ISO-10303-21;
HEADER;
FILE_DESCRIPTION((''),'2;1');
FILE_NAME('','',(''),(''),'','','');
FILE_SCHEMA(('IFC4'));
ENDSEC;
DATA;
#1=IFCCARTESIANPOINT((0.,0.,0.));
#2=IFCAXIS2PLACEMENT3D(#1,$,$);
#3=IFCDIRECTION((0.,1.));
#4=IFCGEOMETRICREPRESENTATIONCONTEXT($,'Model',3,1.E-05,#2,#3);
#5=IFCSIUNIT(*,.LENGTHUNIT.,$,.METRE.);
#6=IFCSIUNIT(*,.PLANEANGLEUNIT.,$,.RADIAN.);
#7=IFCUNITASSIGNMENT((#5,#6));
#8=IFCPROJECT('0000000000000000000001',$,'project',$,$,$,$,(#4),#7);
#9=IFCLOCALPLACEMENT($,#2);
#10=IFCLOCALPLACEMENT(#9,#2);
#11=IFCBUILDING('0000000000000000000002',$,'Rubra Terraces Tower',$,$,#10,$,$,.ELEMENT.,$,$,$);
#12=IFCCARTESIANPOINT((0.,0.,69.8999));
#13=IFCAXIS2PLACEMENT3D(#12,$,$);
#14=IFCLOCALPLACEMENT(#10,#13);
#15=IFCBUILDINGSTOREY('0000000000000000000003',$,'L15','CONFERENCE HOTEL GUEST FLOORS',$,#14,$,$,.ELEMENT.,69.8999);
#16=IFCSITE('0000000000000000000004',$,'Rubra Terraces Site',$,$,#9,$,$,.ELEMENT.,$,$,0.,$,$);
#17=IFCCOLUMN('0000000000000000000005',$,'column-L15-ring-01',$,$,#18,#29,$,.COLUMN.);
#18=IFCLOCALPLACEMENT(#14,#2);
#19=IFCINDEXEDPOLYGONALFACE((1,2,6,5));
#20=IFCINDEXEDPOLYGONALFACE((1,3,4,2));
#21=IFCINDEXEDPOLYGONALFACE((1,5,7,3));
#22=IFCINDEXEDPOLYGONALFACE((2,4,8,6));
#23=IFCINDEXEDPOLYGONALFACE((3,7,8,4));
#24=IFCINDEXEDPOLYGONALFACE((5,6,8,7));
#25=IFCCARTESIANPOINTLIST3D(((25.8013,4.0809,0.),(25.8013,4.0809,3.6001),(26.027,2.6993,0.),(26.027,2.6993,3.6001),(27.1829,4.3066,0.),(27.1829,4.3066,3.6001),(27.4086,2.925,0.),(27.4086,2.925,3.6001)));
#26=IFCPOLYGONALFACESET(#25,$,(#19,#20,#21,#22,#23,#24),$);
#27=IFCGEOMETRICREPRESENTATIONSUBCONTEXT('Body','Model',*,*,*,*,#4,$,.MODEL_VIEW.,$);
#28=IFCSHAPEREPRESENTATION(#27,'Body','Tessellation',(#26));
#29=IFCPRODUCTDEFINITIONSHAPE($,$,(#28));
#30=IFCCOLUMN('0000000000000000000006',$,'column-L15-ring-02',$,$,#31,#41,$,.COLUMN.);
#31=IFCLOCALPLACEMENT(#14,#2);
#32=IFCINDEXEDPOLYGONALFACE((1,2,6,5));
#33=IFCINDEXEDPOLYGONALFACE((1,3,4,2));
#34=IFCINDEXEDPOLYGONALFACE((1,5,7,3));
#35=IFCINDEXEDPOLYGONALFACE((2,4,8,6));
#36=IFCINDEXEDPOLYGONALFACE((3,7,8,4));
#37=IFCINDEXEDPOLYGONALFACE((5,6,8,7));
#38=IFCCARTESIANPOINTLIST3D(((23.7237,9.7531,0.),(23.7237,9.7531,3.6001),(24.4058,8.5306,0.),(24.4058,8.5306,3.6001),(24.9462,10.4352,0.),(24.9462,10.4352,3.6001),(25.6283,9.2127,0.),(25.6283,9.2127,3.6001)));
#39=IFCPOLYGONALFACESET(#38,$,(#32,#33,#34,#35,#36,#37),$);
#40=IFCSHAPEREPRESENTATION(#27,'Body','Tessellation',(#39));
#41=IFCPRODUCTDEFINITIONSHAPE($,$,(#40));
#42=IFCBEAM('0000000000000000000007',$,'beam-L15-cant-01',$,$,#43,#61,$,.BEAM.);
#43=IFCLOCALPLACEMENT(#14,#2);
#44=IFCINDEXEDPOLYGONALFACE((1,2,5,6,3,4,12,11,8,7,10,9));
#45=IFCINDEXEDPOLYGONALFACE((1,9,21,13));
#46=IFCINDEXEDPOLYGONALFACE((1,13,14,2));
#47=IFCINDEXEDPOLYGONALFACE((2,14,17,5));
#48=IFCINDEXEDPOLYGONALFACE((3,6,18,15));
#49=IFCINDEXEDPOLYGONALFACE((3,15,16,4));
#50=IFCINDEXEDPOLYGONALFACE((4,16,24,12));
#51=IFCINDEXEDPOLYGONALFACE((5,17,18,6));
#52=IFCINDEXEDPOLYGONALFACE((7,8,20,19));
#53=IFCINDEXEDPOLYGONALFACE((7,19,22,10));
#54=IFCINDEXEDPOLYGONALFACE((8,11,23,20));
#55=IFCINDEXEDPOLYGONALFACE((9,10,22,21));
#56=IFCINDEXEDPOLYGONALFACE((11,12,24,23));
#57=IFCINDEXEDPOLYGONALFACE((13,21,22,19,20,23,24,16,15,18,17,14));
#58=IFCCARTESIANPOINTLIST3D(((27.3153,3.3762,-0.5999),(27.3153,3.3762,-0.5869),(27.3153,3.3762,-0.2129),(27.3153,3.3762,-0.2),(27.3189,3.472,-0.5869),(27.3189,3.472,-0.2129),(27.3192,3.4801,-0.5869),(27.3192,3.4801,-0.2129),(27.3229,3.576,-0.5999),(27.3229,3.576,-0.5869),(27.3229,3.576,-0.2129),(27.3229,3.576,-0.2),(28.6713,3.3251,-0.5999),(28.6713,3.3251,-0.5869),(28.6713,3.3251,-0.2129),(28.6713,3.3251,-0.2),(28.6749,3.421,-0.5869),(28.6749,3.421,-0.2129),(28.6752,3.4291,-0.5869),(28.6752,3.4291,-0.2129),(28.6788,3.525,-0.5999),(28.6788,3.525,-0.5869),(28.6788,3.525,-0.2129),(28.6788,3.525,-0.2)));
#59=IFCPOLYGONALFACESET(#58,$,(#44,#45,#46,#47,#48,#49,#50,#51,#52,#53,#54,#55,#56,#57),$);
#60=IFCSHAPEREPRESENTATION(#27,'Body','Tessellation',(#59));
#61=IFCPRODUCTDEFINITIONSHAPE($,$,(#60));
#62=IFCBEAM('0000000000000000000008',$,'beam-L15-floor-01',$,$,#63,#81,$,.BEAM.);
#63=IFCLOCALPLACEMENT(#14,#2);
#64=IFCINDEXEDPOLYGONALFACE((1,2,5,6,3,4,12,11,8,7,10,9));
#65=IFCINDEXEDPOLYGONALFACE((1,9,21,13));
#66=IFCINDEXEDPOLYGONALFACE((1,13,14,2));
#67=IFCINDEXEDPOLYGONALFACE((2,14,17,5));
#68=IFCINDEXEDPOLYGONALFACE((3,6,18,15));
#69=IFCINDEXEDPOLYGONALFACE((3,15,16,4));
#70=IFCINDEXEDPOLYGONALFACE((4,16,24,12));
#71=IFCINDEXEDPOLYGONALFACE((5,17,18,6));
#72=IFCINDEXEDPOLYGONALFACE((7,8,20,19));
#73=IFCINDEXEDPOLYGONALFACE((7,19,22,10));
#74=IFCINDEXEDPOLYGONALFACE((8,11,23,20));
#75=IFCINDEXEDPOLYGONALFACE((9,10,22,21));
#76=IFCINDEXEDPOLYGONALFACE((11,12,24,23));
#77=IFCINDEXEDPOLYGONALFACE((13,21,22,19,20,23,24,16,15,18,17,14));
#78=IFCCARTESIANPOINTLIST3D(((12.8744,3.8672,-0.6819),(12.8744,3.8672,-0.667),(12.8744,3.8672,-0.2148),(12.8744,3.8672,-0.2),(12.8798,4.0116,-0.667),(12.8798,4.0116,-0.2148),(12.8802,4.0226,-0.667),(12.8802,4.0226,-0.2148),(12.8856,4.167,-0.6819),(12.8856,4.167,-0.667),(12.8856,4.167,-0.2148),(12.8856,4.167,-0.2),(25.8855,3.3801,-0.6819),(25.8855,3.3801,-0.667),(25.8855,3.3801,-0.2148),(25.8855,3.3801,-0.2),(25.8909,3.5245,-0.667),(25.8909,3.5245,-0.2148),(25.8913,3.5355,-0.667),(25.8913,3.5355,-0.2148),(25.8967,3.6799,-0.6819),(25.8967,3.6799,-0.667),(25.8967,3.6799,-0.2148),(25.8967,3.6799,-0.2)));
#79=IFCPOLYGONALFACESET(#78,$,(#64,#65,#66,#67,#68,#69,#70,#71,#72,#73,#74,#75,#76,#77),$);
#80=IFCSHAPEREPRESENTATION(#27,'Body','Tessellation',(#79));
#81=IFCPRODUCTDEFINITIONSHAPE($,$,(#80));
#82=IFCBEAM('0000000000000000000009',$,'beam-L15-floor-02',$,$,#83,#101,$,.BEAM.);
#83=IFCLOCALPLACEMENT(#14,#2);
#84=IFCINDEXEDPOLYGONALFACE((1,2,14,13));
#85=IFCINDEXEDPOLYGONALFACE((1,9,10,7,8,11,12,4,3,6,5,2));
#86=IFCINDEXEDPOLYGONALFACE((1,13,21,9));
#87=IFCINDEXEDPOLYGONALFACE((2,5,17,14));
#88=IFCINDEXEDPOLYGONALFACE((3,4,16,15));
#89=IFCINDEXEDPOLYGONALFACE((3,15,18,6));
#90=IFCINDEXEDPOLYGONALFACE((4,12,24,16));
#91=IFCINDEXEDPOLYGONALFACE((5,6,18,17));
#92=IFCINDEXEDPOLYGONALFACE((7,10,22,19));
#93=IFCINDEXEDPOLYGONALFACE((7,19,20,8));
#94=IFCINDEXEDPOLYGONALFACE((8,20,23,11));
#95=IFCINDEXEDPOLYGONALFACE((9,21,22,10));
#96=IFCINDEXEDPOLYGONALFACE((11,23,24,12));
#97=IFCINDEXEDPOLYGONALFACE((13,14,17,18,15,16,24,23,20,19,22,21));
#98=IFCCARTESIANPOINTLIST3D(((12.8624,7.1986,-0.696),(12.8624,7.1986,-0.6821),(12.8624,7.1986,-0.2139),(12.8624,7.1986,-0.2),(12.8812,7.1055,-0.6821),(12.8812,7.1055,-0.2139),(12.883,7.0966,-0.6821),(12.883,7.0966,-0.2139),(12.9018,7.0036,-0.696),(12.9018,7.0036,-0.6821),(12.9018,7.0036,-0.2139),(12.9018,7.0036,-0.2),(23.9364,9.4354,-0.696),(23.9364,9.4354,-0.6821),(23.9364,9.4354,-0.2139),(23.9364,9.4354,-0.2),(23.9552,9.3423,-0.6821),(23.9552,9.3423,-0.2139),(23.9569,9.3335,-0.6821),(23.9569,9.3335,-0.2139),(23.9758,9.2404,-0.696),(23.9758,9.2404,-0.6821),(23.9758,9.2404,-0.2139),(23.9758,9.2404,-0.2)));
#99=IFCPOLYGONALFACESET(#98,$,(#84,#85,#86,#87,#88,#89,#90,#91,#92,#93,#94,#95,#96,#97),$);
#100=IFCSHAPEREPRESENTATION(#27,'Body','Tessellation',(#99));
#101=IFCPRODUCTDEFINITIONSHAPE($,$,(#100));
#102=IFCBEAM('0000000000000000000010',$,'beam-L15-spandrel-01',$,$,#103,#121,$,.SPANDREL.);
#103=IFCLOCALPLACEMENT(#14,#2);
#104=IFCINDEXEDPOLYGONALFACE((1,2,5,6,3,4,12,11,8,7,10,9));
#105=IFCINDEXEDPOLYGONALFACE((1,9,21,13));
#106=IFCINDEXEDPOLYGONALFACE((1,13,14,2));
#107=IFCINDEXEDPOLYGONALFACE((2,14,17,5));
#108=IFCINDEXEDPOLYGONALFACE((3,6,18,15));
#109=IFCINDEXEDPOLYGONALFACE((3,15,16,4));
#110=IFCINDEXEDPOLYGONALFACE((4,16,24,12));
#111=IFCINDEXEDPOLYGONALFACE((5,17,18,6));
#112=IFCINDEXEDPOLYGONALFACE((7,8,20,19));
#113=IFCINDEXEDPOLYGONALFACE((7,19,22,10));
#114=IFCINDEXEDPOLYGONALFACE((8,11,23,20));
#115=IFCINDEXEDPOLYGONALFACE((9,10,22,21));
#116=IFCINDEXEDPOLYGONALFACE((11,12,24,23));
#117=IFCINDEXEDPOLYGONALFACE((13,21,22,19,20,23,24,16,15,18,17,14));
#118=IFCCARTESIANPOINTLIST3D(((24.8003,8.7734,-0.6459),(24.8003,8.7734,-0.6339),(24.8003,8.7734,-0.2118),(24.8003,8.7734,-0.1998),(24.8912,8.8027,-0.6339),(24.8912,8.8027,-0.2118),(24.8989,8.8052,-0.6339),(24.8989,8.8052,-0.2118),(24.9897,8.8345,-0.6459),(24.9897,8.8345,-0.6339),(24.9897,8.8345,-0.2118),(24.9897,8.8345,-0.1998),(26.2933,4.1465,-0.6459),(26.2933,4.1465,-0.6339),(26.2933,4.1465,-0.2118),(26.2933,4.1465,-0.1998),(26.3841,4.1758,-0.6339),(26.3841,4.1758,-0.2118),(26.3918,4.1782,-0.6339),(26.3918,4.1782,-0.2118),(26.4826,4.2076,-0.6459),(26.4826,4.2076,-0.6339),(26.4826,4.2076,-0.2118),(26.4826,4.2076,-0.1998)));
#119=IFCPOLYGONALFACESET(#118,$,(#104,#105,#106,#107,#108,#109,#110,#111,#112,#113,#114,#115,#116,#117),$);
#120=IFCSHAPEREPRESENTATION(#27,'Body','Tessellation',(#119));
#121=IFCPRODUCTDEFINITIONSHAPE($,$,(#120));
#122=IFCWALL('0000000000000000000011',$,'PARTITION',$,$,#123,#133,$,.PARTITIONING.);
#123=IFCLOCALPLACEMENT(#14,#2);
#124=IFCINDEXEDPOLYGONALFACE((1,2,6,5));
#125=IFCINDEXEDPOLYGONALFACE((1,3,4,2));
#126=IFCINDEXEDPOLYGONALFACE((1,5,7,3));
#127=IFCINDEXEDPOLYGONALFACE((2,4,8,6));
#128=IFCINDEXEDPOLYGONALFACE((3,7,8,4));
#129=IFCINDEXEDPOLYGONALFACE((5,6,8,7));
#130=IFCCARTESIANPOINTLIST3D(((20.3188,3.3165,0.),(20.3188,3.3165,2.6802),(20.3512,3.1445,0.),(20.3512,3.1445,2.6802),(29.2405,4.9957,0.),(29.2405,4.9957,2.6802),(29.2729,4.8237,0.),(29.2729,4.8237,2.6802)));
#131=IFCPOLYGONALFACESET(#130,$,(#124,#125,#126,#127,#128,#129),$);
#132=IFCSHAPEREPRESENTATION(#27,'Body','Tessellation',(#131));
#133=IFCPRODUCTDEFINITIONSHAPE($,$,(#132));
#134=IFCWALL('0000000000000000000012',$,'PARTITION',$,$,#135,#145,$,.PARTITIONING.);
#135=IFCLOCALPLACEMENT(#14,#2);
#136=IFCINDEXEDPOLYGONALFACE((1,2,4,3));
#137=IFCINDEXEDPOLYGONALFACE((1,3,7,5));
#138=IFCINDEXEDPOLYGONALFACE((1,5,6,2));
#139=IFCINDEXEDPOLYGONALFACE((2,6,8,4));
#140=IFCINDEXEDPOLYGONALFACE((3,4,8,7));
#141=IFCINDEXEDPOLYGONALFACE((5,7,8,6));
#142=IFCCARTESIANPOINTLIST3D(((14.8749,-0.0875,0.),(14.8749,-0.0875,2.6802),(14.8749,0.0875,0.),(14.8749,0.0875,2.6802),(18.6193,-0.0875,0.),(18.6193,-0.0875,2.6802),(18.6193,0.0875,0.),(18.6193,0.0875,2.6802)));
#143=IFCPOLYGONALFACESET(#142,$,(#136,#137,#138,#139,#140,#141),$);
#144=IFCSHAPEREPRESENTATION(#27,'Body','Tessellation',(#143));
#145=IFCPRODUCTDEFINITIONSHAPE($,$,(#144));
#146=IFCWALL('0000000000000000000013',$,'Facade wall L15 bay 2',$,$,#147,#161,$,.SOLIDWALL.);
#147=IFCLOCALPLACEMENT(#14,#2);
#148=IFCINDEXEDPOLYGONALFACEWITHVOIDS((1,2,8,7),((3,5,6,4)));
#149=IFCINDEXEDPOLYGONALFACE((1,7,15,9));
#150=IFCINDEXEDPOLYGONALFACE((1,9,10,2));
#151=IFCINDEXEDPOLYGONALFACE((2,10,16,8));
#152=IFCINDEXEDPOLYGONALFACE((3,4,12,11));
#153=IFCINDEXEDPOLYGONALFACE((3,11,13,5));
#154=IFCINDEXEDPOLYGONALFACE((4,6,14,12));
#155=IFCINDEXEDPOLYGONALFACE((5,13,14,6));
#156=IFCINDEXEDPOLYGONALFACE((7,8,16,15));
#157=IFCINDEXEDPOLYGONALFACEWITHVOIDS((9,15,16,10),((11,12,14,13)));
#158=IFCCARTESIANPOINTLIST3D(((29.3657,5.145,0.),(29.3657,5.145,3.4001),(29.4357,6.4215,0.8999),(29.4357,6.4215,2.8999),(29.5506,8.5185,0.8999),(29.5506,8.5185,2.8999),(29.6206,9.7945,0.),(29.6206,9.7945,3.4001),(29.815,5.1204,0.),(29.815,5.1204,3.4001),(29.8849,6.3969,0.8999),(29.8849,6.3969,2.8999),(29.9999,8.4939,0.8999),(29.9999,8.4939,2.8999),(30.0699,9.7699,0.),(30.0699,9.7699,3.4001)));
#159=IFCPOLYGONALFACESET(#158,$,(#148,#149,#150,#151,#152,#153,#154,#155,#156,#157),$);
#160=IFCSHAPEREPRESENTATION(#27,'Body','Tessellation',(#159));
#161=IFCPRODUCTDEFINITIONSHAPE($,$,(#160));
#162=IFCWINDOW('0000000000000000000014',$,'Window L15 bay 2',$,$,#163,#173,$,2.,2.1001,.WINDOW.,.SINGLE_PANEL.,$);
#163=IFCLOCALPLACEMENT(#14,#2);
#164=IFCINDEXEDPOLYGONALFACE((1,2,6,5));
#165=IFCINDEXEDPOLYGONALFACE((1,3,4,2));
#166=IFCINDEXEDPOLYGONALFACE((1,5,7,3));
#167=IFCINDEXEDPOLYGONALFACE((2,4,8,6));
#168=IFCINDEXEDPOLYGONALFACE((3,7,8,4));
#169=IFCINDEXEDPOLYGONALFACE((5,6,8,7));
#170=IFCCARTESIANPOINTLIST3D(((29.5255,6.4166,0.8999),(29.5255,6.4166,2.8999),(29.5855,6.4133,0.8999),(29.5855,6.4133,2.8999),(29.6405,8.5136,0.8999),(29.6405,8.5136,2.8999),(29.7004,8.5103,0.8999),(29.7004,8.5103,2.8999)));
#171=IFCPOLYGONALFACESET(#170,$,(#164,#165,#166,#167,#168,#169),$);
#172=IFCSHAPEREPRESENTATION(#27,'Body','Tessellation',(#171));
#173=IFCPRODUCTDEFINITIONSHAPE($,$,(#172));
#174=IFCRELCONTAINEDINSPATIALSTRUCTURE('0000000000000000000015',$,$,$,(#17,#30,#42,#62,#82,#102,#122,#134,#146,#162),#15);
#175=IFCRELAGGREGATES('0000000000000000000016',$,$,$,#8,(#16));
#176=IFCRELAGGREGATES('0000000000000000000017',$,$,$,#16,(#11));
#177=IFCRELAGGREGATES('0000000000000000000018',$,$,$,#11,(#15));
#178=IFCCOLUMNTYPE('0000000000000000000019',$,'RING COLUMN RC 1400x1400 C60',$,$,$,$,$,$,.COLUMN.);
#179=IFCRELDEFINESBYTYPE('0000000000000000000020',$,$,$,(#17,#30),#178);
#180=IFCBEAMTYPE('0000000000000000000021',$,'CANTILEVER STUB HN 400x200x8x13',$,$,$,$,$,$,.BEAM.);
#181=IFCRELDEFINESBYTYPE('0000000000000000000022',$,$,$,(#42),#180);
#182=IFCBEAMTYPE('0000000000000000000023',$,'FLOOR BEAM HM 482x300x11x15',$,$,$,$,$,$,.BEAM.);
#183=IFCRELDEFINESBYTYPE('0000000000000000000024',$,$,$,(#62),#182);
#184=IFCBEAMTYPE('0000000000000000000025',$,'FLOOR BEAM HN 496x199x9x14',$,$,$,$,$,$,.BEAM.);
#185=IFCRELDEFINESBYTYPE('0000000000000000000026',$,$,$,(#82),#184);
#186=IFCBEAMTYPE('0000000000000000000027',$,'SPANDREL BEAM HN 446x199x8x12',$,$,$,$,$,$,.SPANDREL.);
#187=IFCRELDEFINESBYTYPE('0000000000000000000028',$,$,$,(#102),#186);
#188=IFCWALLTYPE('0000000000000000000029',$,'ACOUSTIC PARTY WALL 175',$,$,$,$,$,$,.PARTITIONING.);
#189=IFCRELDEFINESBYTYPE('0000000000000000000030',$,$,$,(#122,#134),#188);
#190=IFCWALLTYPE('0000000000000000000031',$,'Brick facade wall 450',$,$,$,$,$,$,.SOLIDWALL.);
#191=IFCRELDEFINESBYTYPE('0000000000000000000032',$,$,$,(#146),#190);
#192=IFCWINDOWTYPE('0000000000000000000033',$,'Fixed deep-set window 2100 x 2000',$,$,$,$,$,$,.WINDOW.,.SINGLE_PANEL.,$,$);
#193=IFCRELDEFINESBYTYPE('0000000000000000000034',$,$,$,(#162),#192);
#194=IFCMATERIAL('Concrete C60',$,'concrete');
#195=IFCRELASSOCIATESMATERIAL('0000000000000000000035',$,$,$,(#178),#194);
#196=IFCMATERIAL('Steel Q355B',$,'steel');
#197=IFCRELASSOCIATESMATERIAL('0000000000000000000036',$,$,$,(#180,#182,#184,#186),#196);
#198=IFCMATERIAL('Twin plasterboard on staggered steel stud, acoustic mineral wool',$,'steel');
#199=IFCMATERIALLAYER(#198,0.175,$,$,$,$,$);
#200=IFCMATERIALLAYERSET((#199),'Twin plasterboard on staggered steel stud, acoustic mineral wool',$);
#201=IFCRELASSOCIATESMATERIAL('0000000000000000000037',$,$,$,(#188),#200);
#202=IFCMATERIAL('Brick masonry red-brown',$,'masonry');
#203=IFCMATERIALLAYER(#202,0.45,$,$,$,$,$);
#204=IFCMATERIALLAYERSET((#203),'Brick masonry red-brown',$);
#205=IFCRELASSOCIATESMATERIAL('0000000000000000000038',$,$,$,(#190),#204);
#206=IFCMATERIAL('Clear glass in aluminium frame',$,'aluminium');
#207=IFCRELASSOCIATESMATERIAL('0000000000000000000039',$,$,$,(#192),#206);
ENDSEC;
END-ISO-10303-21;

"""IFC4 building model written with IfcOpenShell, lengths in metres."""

from ifc_helpers import new_model, si_unit, direction, frame, frame_2d, origin, origin_2d, place, context, subcontext, project, spatial, rectangle, i_section, extrude, material, layer, layer_set, material_profile, profile_set, type_object, element, fill, save


model = new_model("IFC4")

# Units and contexts
model_context = context("Model", 3, precision=1e-05, world=origin(), true_north=direction((0.0, 1.0)))
body_context = subcontext(model_context, "Body", "Model", "MODEL_VIEW")
ifc_project = project(units=[si_unit("LENGTHUNIT", "METRE"), si_unit("PLANEANGLEUNIT", "RADIAN")], contexts=[model_context])

# Site, building, storey
site_placement = place(None, origin())
site = spatial("IfcSite", under=ifc_project, at=site_placement, Name="Rubra Terraces Site", CompositionType="ELEMENT", RefElevation=0.0)
building_placement = place(site_placement, origin())
building = spatial("IfcBuilding", under=site, at=building_placement, Name="Rubra Terraces Tower", CompositionType="ELEMENT")
storey_placement = place(building_placement, frame((0.0, 0.0, 69.8999)))
storey = spatial("IfcBuildingStorey", under=building, at=storey_placement, Name="L15", Description="CONFERENCE HOTEL GUEST FLOORS", CompositionType="ELEMENT", Elevation=69.8999)

# Columns
ifc_material_1 = material(Name="Concrete C60", Category="concrete")
ifc_material_profile_1 = material_profile(ifc_material_1, rectangle(XDim=1.3999, YDim=1.3999, at=origin_2d()), Name="RC 1400x1400")
ifc_profile_set_1 = profile_set([ifc_material_profile_1], Name="Concrete C60")
column_type = type_object("IfcColumnType", Name="RING COLUMN RC 1400x1400 C60", PredefinedType="COLUMN", material=ifc_profile_set_1)
for number, where, z_axis, x_axis, name in (
    (1, (26.605, 3.5029, 0.0), (0.0, 0.0, 1.0), (-0.161234, 0.986916, 0.0), "column-L15-ring-01"),
    (2, (24.676, 9.4829, 0.0), (0.0, 0.0, 1.0), (-0.487227, 0.873276, 0.0), "column-L15-ring-02"),
):
    element("IfcColumn", number, at=place(storey_placement, frame(where, z_axis=z_axis, x_axis=x_axis)), inside=storey, type_object=column_type, Name=name, PredefinedType="COLUMN", context=body_context, shape_type="SweptSolid", body=[
        extrude(rectangle(XDim=1.3999, YDim=1.3999, at=origin_2d()), origin(), (0.0, 0.0, 1.0), 3.6001),
    ])

# Beams
ifc_material_2 = material(Name="Steel Q355B", Category="steel")
ifc_material_profile_2 = material_profile(ifc_material_2, i_section(OverallWidth=0.2, OverallDepth=0.3999, WebThickness=0.0081, FlangeThickness=0.0129, at=origin_2d()), Name="HN 400x200x8x13")
ifc_profile_set_2 = profile_set([ifc_material_profile_2], Name="Steel Q355B")
beam_type_1 = type_object("IfcBeamType", Name="CANTILEVER STUB HN 400x200x8x13", PredefinedType="BEAM", material=ifc_profile_set_2)
beam_1_placement = place(storey_placement, frame((27.3191, 3.4761, -0.3999), z_axis=(0.999293, -0.037604, 0.0), x_axis=(0.037604, 0.999293, 0.0)))
element("IfcBeam", 3, at=beam_1_placement, inside=storey, type_object=beam_type_1, Name="beam-L15-cant-01", PredefinedType="BEAM", context=body_context, shape_type="SweptSolid", body=[
    extrude(i_section(OverallWidth=0.2, OverallDepth=0.3999, WebThickness=0.0081, FlangeThickness=0.0129, at=origin_2d()), origin(), (0.0, 0.0, 1.0), 1.3569),
])
ifc_material_profile_3 = material_profile(ifc_material_2, i_section(OverallWidth=0.3, OverallDepth=0.4819, WebThickness=0.011, FlangeThickness=0.0149, at=origin_2d()), Name="HM 482x300x11x15")
ifc_profile_set_3 = profile_set([ifc_material_profile_3], Name="Steel Q355B")
beam_type_2 = type_object("IfcBeamType", Name="FLOOR BEAM HM 482x300x11x15", PredefinedType="BEAM", material=ifc_profile_set_3)
beam_2_placement = place(storey_placement, frame((25.8911, 3.53, -0.4409), z_axis=(-0.9993, 0.037408, 0.0), x_axis=(-0.037408, -0.9993, 0.0)))
element("IfcBeam", 4, at=beam_2_placement, inside=storey, type_object=beam_type_2, Name="beam-L15-floor-01", PredefinedType="BEAM", context=body_context, shape_type="SweptSolid", body=[
    extrude(i_section(OverallWidth=0.3, OverallDepth=0.4819, WebThickness=0.011, FlangeThickness=0.0149, at=origin_2d()), origin(), (0.0, 0.0, 1.0), 13.0203),
])
ifc_material_profile_4 = material_profile(ifc_material_2, i_section(OverallWidth=0.199, OverallDepth=0.4961, WebThickness=0.009, FlangeThickness=0.0139, at=origin_2d()), Name="HN 496x199x9x14")
ifc_profile_set_4 = profile_set([ifc_material_profile_4], Name="Steel Q355B")
beam_type_3 = type_object("IfcBeamType", Name="FLOOR BEAM HN 496x199x9x14", PredefinedType="BEAM", material=ifc_profile_set_4)
beam_3_placement = place(storey_placement, frame((23.9561, 9.3379, -0.448), z_axis=(-0.980204, -0.19799, 0.0), x_axis=(0.19799, -0.980204, 0.0)))
element("IfcBeam", 5, at=beam_3_placement, inside=storey, type_object=beam_type_3, Name="beam-L15-floor-02", PredefinedType="BEAM", context=body_context, shape_type="SweptSolid", body=[
    extrude(i_section(OverallWidth=0.199, OverallDepth=0.4961, WebThickness=0.009, FlangeThickness=0.0139, at=origin_2d()), origin(), (0.0, 0.0, 1.0), 11.2976),
])
ifc_material_profile_5 = material_profile(ifc_material_2, i_section(OverallWidth=0.199, OverallDepth=0.446, WebThickness=0.0081, FlangeThickness=0.012, at=origin_2d()), Name="HN 446x199x8x12")
ifc_profile_set_5 = profile_set([ifc_material_profile_5], Name="Steel Q355B")
beam_type_4 = type_object("IfcBeamType", Name="SPANDREL BEAM HN 446x199x8x12", PredefinedType="SPANDREL", material=ifc_profile_set_5)
beam_4_placement = place(storey_placement, frame((26.3879, 4.177, -0.4229), z_axis=(-0.307069, 0.951687, 0.0), x_axis=(-0.951687, -0.307069, 0.0)))
element("IfcBeam", 6, at=beam_4_placement, inside=storey, type_object=beam_type_4, Name="beam-L15-spandrel-01", PredefinedType="SPANDREL", context=body_context, shape_type="SweptSolid", body=[
    extrude(i_section(OverallWidth=0.199, OverallDepth=0.446, WebThickness=0.0081, FlangeThickness=0.012, at=origin_2d()), origin(), (0.0, 0.0, 1.0), 4.8618),
])

# Walls
ifc_material_3 = material(Name="Twin plasterboard on staggered steel stud, acoustic mineral wool", Category="steel")
ifc_layer_1 = layer(ifc_material_3, 0.175)
ifc_layer_set_1 = layer_set([ifc_layer_1], Name="Twin plasterboard on staggered steel stud, acoustic mineral wool")
wall_type_1 = type_object("IfcWallType", Name="ACOUSTIC PARTY WALL 175", PredefinedType="PARTITIONING", material=ifc_layer_set_1)
wall_1_placement = place(storey_placement, frame((29.2566, 4.9097, 0.0), z_axis=(0.0, 0.0, 1.0), x_axis=(-0.982744, -0.184969, 0.0)))
element("IfcWall", 7, at=wall_1_placement, inside=storey, type_object=wall_type_1, Name="PARTITION", PredefinedType="PARTITIONING", context=body_context, shape_type="SweptSolid", body=[
    extrude(rectangle(XDim=9.0784, YDim=0.175, at=frame_2d((4.5391, 0.0))), origin(), (0.0, 0.0, 1.0), 2.6802),
])
wall_2_placement = place(storey_placement, frame((14.875, 0.0, 0.0), z_axis=(0.0, 0.0, 1.0), x_axis=(1.0, 0.0, 0.0)))
element("IfcWall", 8, at=wall_2_placement, inside=storey, type_object=wall_type_1, Name="PARTITION", PredefinedType="PARTITIONING", context=body_context, shape_type="SweptSolid", body=[
    extrude(rectangle(XDim=3.7444, YDim=0.175, at=frame_2d((1.8721, 0.0))), origin(), (0.0, 0.0, 1.0), 2.6802),
])

# Wall, opening, window
ifc_material_4 = material(Name="Brick masonry red-brown", Category="masonry")
ifc_layer_2 = layer(ifc_material_4, 0.45)
ifc_layer_set_2 = layer_set([ifc_layer_2], Name="Brick masonry red-brown")
wall_type_2 = type_object("IfcWallType", Name="Brick facade wall 450", PredefinedType="SOLIDWALL", material=ifc_layer_set_2)
wall_3_placement = place(storey_placement, frame((29.5903, 5.1328, 0.0), z_axis=(0.0, 0.0, 1.0), x_axis=(0.054738, 0.998501, 0.0)))
wall_3 = element("IfcWall", 9, at=wall_3_placement, inside=storey, type_object=wall_type_2, Name="Facade wall L15 bay 2", PredefinedType="SOLIDWALL", context=body_context, shape_type="SweptSolid", body=[
    extrude(rectangle(XDim=4.6565, YDim=0.45, at=frame_2d((2.3281, 0.0))), origin(), (0.0, 0.0, 1.0), 3.4001),
])
opening_1_placement = place(wall_3_placement, frame((1.2783, 0.0, 0.8999)))
opening_1 = element("IfcOpeningElement", 10, at=opening_1_placement, cuts=wall_3, PredefinedType="OPENING", context=body_context, shape_type="SweptSolid", body=[
    extrude(rectangle(XDim=2.1001, YDim=2.0, at=frame_2d((1.05, 1.0))), frame((0.0, 0.2349, 0.0), z_axis=(0.0, -1.0, 0.0), x_axis=(1.0, 0.0, 0.0)), (0.0, 0.0, 1.0), 0.47),
])
ifc_material_5 = material(Name="Clear glass in aluminium frame", Category="aluminium")
window_type = type_object("IfcWindowType", Name="Fixed deep-set window 2100 x 2000", PartitioningType="SINGLE_PANEL", PredefinedType="WINDOW", material=ifc_material_5)
window_placement = place(opening_1_placement, origin())
window = element("IfcWindow", 11, at=window_placement, inside=storey, type_object=window_type, Name="Window L15 bay 2", OverallHeight=2.0, OverallWidth=2.1001, PartitioningType="SINGLE_PANEL", PredefinedType="WINDOW", context=body_context, shape_type="SweptSolid", body=[
    extrude(rectangle(XDim=2.1001, YDim=2.0, at=frame_2d((1.05, 1.0))), frame((0.0, 0.135, 0.0), z_axis=(0.0, -1.0, 0.0), x_axis=(1.0, 0.0, 0.0)), (0.0, 0.0, 1.0), 0.0601),
])
fill(opening_1, window)

save(model, "model.ifc")
